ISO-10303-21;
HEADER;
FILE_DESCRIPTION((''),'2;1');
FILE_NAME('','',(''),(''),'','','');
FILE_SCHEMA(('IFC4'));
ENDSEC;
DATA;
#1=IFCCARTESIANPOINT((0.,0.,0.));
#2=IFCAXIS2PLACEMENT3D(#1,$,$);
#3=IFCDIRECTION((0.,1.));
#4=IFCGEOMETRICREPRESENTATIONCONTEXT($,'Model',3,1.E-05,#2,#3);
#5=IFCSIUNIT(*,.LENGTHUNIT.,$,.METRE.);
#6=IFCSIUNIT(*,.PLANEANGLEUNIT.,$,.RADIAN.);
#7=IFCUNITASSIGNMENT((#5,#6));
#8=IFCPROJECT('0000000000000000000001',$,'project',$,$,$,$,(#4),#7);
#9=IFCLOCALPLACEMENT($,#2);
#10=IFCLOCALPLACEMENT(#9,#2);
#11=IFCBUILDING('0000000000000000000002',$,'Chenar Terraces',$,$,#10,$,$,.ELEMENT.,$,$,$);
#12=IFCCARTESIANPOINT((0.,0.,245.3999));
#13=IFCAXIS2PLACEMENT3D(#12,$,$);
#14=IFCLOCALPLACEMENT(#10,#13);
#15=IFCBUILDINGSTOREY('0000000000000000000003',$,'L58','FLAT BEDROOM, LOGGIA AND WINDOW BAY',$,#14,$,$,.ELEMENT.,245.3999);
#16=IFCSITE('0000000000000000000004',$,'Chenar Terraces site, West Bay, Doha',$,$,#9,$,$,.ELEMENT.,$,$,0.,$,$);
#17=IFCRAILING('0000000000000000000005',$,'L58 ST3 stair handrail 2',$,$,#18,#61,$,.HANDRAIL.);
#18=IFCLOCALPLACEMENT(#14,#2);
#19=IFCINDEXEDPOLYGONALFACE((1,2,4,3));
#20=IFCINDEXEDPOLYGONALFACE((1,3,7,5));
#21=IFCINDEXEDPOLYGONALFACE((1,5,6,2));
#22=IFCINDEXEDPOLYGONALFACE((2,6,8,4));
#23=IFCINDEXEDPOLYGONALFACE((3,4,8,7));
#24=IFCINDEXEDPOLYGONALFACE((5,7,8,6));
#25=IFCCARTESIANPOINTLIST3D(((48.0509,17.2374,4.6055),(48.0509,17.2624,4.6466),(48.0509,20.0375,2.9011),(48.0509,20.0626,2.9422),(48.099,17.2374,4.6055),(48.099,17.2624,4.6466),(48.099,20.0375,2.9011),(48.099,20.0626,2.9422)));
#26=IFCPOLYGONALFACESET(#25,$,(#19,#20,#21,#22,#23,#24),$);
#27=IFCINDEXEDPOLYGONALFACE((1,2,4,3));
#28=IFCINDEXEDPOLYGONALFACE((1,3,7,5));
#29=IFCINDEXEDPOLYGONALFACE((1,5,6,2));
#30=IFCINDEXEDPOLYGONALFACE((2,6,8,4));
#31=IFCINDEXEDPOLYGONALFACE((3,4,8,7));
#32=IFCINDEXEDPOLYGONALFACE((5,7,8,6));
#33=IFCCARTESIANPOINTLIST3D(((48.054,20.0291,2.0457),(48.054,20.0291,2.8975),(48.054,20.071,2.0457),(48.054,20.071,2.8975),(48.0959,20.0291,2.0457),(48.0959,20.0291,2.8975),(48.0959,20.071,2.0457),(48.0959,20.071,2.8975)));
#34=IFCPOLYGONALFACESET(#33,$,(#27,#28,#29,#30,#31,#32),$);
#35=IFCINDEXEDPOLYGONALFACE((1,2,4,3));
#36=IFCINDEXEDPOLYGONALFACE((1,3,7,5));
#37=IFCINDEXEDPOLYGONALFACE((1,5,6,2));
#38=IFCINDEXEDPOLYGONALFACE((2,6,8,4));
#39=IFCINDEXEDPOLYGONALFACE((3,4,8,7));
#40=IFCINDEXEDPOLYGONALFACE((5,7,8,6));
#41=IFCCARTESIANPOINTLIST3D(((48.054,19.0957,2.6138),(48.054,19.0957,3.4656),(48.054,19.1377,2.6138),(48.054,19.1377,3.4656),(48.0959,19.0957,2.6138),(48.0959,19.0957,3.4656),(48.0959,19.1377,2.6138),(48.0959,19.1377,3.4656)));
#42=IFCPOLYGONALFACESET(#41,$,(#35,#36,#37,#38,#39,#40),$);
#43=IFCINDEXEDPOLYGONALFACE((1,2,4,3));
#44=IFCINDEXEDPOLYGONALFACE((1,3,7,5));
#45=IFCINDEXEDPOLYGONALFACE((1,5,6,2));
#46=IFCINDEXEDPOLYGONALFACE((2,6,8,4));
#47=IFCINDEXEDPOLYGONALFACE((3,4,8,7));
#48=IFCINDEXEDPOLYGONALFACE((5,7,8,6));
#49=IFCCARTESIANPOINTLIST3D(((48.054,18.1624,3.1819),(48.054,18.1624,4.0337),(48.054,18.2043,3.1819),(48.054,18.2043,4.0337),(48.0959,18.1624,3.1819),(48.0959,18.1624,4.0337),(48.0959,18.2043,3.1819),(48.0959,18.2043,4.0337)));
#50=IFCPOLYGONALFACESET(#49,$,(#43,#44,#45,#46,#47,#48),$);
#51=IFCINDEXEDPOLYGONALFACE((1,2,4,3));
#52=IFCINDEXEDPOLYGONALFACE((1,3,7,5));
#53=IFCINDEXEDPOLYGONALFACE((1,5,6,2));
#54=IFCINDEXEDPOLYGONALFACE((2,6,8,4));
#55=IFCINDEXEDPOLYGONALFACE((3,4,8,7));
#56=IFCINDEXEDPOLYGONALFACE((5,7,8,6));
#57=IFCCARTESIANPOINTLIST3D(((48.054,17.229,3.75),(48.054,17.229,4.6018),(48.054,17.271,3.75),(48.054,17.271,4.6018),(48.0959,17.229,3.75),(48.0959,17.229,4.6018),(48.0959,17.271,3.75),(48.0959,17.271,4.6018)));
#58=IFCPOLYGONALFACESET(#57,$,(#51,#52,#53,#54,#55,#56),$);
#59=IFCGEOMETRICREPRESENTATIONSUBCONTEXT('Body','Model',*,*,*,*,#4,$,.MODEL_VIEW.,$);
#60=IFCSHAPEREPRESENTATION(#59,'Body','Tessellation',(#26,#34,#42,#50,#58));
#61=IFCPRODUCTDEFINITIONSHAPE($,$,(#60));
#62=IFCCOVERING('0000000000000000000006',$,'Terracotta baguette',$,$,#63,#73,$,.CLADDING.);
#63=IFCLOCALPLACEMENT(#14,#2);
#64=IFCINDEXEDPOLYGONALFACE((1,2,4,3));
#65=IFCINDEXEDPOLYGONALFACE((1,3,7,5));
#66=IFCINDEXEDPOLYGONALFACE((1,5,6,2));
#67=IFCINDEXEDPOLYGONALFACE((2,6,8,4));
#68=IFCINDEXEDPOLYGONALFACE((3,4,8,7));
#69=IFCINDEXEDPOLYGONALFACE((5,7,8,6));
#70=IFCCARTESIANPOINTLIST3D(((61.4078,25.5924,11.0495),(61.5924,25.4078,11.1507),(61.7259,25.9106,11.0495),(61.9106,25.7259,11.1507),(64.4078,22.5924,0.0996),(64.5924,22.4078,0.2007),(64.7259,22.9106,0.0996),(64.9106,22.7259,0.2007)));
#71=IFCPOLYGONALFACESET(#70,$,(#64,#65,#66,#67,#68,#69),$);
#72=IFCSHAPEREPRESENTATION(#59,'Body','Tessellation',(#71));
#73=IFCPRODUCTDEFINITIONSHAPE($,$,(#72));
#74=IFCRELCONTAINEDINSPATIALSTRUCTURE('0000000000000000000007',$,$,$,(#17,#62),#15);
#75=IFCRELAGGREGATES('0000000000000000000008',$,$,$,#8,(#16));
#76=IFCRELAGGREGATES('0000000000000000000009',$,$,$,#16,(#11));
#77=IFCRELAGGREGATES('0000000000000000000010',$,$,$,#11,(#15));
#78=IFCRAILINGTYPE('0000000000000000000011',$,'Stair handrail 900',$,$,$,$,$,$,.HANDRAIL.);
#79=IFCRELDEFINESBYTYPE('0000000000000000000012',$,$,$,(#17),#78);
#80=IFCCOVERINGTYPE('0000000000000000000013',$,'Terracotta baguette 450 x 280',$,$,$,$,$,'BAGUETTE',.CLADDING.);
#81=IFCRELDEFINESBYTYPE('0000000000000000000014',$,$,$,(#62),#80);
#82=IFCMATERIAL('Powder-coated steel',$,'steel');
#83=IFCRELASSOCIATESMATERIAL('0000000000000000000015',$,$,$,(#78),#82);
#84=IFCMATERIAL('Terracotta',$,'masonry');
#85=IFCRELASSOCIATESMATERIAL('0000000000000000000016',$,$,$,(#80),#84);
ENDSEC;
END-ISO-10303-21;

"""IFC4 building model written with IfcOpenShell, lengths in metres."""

from ifc_helpers import new_model, si_unit, direction, frame, origin, origin_2d, place, context, subcontext, project, spatial, rectangle, extrude, material, material_profile, profile_set, type_object, element, save


model = new_model("IFC4")

# Units and contexts
model_context = context("Model", 3, precision=1e-05, world=origin(), true_north=direction((0.0, 1.0)))
body_context = subcontext(model_context, "Body", "Model", "MODEL_VIEW")
ifc_project = project(units=[si_unit("LENGTHUNIT", "METRE"), si_unit("PLANEANGLEUNIT", "RADIAN")], contexts=[model_context])

# Site, building, storey
site_placement = place(None, origin())
site = spatial("IfcSite", under=ifc_project, at=site_placement, Name="Chenar Terraces site, West Bay, Doha", CompositionType="ELEMENT", RefElevation=0.0)
building_placement = place(site_placement, origin())
building = spatial("IfcBuilding", under=site, at=building_placement, Name="Chenar Terraces", CompositionType="ELEMENT")
storey_placement = place(building_placement, frame((0.0, 0.0, 245.3999)))
storey = spatial("IfcBuildingStorey", under=building, at=storey_placement, Name="L58", Description="FLAT BEDROOM, LOGGIA AND WINDOW BAY", CompositionType="ELEMENT", Elevation=245.3999)

# Railing
ifc_material_1 = material(Name="Powder-coated steel", Category="steel")
railing_type_1 = type_object("IfcRailingType", Name="Stair handrail 900", PredefinedType="HANDRAIL", material=ifc_material_1)
railing_1_placement = place(storey_placement, frame((48.075, 20.05, 2.0457)))
element("IfcRailing", 1, at=railing_1_placement, inside=storey, type_object=railing_type_1, Name="L58 ST3 stair handrail 2", PredefinedType="HANDRAIL", context=body_context, shape_type="SweptSolid", body=[
    extrude(rectangle(XDim=0.0481, YDim=0.0481, at=origin_2d()), frame((0.0, 0.0, 0.876), z_axis=(0.0, -0.854203, 0.51994), x_axis=(1.0, 0.0, 0.0)), (0.0, 0.0, 1.0), 3.2781),
    extrude(rectangle(XDim=0.042, YDim=0.042, at=origin_2d()), origin(), (0.0, 0.0, 1.0), 0.8518),
    extrude(rectangle(XDim=0.042, YDim=0.042, at=origin_2d()), frame((0.0, -0.9333, 0.5681)), (0.0, 0.0, 1.0), 0.8518),
    extrude(rectangle(XDim=0.042, YDim=0.042, at=origin_2d()), frame((0.0, -1.8667, 1.1362)), (0.0, 0.0, 1.0), 0.8518),
    extrude(rectangle(XDim=0.042, YDim=0.042, at=origin_2d()), frame((0.0, -2.8, 1.7043)), (0.0, 0.0, 1.0), 0.8518),
])

# Covering
ifc_material_2 = material(Name="Terracotta", Category="masonry")
ifc_material_profile_1 = material_profile(ifc_material_2, rectangle(XDim=0.45, YDim=0.28, at=origin_2d()), Name="Terracotta baguette 450 x 280")
ifc_profile_set_1 = profile_set([ifc_material_profile_1], Name="Terracotta")
covering_type = type_object("IfcCoveringType", Name="Terracotta baguette 450 x 280", ElementType="BAGUETTE", PredefinedType="CLADDING", material=ifc_profile_set_1)
covering_placement = place(storey_placement, frame((64.6592, 22.6592, 0.1501), z_axis=(-0.255468, 0.255468, 0.932455), x_axis=(-0.707107, -0.707107, 0.0)))
element("IfcCovering", 2, at=covering_placement, inside=storey, type_object=covering_type, Name="Terracotta baguette", PredefinedType="CLADDING", context=body_context, shape_type="SweptSolid", body=[
    extrude(rectangle(XDim=0.45, YDim=0.28, at=origin_2d()), origin(), (0.0, 0.0, 1.0), 11.7432),
])

save(model, "model.ifc")
